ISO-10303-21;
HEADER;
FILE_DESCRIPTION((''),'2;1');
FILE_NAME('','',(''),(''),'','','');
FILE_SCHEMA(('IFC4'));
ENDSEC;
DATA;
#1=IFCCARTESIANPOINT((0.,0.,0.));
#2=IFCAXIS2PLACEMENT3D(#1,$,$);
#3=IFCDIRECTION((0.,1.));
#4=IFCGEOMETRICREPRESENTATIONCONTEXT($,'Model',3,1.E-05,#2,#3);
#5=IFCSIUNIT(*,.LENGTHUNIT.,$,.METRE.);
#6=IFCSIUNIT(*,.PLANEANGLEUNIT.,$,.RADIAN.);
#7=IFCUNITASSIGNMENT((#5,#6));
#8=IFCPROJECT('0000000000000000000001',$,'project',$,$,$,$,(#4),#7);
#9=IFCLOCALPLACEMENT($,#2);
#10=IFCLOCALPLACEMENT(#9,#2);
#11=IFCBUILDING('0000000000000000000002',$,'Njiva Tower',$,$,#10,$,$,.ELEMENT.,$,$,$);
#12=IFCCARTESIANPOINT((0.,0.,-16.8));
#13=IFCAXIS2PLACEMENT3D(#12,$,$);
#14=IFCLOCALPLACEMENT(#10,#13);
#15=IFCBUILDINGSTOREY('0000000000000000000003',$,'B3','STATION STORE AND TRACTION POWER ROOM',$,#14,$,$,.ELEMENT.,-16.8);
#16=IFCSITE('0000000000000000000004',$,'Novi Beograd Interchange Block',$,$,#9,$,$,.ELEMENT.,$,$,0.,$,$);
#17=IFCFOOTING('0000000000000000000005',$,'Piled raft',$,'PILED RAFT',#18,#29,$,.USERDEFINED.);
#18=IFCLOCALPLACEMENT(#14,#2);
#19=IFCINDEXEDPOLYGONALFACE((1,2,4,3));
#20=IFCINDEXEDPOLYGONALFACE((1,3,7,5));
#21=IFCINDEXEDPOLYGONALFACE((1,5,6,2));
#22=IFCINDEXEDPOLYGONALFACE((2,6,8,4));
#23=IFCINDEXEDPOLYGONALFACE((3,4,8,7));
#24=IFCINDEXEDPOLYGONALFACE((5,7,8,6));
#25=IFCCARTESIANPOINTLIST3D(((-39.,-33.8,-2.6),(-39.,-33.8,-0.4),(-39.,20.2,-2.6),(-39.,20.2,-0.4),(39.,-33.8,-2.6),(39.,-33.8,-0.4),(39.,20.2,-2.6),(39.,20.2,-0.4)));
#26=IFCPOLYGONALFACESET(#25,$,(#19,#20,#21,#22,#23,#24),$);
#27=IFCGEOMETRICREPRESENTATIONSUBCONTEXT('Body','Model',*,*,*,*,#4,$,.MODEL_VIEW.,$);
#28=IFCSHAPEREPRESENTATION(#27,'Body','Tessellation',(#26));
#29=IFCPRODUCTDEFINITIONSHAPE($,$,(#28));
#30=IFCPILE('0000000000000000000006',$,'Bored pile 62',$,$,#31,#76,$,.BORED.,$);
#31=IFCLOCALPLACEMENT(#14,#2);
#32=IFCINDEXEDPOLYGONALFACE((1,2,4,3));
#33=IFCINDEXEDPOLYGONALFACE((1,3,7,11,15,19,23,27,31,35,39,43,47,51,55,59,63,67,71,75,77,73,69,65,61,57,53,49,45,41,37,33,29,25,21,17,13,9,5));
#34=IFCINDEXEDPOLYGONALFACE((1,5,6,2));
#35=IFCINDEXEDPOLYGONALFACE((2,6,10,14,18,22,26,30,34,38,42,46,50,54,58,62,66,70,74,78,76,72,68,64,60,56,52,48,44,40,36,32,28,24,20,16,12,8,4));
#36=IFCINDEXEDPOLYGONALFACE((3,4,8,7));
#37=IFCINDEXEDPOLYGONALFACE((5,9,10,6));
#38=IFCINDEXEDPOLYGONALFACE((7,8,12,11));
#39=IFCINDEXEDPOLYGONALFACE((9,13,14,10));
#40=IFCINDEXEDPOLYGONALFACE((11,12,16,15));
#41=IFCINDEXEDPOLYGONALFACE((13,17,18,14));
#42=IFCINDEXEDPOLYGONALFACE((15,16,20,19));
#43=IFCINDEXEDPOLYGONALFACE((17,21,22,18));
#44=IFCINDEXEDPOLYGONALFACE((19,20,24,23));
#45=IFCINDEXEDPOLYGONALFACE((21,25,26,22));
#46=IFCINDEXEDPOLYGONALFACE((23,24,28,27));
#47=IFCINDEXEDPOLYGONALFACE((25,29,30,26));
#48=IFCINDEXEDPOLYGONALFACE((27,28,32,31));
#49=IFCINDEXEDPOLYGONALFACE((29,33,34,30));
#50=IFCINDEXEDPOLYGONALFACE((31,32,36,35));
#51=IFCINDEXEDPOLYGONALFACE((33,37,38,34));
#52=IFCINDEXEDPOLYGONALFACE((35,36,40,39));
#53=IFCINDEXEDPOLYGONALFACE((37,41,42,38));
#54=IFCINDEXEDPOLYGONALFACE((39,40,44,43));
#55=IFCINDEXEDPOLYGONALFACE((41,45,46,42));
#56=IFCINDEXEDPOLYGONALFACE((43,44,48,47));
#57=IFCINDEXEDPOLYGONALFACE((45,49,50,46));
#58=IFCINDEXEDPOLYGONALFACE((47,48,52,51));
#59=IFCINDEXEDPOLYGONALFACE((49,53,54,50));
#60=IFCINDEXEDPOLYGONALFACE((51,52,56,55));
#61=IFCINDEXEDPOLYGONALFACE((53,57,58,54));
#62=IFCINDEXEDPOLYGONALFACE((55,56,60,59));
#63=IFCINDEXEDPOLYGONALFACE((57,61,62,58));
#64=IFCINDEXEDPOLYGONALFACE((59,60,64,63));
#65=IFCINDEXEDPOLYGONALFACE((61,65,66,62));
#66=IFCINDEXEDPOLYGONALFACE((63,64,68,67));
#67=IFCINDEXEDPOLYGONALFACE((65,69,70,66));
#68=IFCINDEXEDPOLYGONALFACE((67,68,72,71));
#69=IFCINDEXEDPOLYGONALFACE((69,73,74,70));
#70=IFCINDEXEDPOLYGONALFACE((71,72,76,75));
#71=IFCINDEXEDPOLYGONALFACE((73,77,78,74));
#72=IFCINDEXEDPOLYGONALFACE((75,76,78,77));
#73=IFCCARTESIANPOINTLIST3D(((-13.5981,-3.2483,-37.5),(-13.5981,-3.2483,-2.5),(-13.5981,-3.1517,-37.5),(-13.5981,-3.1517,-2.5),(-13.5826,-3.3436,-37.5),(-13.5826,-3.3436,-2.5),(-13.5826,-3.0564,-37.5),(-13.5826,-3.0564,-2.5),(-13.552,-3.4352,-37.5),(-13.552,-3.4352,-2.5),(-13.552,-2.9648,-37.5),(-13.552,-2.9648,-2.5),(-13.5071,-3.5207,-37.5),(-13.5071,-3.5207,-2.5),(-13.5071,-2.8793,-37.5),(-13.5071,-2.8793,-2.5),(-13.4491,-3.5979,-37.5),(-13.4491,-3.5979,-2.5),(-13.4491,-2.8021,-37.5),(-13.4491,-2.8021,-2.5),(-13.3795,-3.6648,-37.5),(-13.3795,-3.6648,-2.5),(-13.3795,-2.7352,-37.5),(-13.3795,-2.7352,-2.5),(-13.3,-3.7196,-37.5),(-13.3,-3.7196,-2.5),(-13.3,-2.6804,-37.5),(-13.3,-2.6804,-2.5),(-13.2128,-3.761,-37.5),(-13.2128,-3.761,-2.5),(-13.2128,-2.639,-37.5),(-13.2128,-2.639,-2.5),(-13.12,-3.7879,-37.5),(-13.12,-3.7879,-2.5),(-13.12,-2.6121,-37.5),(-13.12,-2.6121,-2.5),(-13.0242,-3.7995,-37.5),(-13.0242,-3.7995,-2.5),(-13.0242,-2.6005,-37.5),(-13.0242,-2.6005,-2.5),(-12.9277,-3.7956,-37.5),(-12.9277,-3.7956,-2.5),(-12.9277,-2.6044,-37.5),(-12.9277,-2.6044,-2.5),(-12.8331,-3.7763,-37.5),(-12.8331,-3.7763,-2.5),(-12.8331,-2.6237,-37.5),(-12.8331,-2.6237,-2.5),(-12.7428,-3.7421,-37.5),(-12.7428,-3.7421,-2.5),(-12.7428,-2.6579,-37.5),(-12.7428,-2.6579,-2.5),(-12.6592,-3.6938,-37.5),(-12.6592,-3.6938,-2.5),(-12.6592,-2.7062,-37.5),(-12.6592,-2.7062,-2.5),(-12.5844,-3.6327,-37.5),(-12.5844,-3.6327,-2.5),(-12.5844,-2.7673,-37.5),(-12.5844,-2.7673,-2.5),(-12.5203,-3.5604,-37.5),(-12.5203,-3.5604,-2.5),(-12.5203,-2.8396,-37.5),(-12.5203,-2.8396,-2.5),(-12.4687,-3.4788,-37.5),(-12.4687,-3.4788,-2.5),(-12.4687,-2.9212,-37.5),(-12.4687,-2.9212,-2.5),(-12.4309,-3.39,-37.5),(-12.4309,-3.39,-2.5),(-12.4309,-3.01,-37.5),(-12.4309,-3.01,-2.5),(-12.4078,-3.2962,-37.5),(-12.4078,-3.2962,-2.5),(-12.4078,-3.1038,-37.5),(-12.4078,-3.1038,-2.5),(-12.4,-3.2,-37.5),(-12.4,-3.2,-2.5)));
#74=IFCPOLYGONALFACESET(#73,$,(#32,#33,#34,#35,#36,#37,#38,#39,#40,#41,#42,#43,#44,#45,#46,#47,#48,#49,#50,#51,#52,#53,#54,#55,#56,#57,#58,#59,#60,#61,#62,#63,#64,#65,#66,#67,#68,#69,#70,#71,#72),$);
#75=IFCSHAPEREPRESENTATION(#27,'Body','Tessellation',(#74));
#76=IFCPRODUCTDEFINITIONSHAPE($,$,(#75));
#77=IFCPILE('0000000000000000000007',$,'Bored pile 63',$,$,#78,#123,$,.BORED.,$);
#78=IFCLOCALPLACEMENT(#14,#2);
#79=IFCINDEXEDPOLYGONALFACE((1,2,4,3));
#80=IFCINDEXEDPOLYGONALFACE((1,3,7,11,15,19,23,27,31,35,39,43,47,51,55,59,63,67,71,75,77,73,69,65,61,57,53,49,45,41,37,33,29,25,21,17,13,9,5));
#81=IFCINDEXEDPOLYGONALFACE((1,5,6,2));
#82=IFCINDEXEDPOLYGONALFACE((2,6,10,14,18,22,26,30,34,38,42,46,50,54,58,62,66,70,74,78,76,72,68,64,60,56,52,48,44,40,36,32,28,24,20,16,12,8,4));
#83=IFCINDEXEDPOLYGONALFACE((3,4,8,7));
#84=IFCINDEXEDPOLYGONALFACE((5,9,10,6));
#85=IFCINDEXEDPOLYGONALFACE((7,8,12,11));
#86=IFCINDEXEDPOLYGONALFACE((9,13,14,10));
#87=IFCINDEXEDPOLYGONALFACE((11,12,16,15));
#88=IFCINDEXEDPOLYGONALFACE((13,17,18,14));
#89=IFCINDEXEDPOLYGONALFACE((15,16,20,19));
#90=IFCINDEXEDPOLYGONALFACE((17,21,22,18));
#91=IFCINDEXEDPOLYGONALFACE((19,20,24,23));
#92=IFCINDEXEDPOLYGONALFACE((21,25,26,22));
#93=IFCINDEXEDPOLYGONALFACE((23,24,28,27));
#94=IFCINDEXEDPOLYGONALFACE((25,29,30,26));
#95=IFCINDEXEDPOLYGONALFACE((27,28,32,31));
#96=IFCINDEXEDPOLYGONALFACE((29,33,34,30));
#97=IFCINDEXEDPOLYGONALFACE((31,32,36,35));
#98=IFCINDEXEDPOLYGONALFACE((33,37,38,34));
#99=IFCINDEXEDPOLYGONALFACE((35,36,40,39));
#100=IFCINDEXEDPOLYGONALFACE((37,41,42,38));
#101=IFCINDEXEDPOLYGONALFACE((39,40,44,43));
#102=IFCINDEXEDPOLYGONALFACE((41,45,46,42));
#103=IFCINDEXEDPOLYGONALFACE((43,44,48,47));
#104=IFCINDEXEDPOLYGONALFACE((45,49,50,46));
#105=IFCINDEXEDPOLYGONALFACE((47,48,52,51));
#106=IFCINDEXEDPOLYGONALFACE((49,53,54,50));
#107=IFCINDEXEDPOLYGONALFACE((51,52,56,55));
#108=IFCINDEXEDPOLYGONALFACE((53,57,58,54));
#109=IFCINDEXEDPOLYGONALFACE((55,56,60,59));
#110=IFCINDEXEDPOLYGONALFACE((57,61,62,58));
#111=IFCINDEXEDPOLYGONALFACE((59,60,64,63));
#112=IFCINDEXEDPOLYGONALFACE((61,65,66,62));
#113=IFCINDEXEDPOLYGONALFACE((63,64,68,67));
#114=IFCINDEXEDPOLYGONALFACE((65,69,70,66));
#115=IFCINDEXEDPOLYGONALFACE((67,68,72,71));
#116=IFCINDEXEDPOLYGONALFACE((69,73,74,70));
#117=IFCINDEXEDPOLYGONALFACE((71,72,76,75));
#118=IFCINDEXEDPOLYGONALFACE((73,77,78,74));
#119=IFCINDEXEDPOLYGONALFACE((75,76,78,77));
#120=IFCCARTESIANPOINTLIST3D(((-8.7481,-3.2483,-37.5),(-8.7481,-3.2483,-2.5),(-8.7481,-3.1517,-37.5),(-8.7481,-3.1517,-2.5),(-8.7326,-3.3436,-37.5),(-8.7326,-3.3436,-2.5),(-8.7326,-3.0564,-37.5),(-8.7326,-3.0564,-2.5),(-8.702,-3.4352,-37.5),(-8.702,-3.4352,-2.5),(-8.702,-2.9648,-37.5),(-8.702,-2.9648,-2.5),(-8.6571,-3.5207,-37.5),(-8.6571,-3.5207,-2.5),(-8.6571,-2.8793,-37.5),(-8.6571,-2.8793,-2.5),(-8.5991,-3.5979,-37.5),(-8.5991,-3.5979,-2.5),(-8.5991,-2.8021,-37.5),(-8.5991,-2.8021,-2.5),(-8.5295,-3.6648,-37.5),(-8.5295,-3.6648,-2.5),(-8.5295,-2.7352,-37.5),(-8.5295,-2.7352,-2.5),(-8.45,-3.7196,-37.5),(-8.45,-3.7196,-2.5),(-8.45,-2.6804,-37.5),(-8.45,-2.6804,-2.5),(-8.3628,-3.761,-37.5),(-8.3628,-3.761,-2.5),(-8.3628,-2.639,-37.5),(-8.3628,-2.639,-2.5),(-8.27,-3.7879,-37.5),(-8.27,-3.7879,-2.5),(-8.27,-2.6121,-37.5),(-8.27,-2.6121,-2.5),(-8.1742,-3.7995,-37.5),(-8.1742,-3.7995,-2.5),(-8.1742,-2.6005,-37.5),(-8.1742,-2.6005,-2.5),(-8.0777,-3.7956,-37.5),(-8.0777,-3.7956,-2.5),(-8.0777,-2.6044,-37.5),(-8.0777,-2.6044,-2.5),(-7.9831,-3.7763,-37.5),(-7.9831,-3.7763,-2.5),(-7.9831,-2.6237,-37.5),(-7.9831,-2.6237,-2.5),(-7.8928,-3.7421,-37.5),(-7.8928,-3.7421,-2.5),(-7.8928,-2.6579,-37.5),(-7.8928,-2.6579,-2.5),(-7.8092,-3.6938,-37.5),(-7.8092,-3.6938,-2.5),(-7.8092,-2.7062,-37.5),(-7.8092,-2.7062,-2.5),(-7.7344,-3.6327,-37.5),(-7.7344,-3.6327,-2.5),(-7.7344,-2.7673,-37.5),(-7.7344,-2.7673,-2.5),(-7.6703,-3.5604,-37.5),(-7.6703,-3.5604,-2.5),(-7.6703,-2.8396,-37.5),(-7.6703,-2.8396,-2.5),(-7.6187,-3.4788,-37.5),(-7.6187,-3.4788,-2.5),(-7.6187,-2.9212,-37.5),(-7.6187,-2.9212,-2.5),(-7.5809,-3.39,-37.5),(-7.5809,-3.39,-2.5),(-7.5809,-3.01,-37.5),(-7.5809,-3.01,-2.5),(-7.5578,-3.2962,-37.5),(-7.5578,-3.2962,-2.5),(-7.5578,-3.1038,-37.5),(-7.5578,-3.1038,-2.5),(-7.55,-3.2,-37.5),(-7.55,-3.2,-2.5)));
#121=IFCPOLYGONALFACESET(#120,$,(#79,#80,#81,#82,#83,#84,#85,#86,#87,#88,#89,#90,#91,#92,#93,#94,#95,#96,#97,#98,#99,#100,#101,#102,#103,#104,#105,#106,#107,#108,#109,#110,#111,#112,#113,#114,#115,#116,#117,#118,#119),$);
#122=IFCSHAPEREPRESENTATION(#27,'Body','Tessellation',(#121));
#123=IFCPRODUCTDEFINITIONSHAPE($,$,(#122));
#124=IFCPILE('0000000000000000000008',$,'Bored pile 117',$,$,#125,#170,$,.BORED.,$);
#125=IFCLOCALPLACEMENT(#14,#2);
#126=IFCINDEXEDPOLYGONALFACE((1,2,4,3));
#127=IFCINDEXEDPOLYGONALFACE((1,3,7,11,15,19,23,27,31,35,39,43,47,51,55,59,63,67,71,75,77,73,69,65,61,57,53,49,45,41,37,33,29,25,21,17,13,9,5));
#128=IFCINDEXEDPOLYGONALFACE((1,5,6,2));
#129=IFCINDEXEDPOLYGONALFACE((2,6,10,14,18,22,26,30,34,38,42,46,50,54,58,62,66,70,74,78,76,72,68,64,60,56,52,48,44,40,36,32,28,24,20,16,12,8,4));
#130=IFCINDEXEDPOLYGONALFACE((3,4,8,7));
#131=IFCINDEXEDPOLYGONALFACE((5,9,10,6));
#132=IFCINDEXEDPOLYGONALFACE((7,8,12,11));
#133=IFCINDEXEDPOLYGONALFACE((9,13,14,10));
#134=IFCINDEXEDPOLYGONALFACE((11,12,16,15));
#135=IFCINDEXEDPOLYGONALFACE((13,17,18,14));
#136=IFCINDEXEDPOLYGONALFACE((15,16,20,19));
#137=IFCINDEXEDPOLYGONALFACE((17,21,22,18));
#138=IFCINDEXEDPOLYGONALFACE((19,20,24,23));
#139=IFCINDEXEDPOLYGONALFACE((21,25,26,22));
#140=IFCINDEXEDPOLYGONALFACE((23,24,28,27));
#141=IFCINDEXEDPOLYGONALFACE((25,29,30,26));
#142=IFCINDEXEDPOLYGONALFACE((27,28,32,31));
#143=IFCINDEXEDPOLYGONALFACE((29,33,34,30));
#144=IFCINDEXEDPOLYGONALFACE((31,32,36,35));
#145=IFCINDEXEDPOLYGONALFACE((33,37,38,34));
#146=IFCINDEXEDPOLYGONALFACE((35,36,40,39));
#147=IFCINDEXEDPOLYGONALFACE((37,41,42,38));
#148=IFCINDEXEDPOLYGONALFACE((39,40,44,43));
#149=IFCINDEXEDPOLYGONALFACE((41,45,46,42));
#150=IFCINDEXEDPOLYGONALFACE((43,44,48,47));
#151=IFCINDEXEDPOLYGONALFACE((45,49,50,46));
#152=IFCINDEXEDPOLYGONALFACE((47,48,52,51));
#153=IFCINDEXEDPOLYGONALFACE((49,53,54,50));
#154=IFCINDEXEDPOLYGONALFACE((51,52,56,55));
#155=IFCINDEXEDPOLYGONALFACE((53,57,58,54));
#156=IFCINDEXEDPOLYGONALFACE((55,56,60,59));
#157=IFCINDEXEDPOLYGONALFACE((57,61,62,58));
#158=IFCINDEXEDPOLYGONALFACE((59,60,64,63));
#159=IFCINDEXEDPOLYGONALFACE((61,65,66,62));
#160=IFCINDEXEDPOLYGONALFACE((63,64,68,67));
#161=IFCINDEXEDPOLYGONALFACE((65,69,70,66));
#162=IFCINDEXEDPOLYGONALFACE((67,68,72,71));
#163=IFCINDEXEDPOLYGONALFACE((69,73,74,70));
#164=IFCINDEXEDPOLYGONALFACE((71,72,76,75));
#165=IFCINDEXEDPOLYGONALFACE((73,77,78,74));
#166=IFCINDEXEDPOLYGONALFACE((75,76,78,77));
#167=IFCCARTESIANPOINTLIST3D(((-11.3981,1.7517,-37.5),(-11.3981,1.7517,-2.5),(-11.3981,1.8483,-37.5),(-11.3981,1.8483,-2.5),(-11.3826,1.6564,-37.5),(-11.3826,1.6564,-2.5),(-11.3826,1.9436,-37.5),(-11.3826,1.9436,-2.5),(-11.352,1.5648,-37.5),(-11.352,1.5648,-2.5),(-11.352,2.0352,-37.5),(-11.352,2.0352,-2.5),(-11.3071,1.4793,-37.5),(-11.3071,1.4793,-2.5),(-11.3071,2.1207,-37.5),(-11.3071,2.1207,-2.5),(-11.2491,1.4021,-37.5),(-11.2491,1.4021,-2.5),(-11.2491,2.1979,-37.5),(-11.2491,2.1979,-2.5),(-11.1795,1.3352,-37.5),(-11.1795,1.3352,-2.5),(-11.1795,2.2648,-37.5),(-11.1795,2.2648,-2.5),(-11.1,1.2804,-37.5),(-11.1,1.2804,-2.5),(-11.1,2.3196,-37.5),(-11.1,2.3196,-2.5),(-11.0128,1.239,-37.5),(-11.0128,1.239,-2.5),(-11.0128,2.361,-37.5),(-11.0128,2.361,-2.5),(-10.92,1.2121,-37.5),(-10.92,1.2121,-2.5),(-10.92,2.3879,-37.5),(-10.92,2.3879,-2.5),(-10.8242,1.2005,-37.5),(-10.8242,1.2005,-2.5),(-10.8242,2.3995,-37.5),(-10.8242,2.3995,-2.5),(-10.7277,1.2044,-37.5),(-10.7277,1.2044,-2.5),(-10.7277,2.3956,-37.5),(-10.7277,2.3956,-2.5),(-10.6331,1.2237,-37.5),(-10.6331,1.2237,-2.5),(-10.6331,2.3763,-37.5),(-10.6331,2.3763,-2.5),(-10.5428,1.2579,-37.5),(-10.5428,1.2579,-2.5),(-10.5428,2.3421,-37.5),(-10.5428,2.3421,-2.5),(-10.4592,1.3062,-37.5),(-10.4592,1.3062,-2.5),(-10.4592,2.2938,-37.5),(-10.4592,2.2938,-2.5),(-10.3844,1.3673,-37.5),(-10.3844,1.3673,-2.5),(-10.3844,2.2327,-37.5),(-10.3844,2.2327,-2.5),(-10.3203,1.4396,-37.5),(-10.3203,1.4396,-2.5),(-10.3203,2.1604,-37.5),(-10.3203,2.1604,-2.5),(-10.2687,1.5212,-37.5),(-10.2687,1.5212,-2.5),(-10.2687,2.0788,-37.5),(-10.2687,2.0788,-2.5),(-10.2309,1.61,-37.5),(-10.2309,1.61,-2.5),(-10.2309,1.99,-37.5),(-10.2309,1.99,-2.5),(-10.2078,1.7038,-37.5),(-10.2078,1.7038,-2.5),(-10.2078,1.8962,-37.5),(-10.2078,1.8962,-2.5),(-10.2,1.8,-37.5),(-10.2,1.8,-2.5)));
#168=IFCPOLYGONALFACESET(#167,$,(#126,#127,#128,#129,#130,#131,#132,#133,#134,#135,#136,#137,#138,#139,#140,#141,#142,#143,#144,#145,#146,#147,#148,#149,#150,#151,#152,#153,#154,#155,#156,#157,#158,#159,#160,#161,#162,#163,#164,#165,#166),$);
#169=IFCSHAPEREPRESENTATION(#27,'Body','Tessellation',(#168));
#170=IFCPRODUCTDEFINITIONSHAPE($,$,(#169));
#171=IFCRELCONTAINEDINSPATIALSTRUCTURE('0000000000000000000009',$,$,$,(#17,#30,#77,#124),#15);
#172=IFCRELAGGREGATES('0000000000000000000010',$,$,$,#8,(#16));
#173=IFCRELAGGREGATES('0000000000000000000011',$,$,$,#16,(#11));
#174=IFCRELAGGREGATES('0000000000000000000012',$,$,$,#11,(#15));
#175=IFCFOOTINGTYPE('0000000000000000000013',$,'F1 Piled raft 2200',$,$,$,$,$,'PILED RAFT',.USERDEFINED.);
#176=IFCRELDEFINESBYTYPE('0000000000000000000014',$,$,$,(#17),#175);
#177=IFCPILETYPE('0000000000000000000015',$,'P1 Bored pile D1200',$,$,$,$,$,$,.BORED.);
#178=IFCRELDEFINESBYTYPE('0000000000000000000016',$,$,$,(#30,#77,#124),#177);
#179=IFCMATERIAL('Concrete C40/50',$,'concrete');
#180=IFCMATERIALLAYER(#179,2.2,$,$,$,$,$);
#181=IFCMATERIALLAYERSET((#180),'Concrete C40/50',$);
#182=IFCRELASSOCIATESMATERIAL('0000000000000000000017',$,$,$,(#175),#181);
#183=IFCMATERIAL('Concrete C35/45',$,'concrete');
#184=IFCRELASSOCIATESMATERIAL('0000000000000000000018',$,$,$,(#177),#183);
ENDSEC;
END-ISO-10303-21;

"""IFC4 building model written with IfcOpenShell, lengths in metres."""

from ifc_helpers import new_model, si_unit, direction, frame, origin, origin_2d, place, context, subcontext, project, spatial, polyline, circle, outline, extrude, material, layer, layer_set, material_profile, profile_set, type_object, element, save


model = new_model("IFC4")

# Units and contexts
model_context = context("Model", 3, precision=1e-05, world=origin(), true_north=direction((0.0, 1.0)))
body_context = subcontext(model_context, "Body", "Model", "MODEL_VIEW")
ifc_project = project(units=[si_unit("LENGTHUNIT", "METRE"), si_unit("PLANEANGLEUNIT", "RADIAN")], contexts=[model_context])

# Site, building, storey
site_placement = place(None, origin())
site = spatial("IfcSite", under=ifc_project, at=site_placement, Name="Novi Beograd Interchange Block", CompositionType="ELEMENT", RefElevation=0.0)
building_placement = place(site_placement, origin())
building = spatial("IfcBuilding", under=site, at=building_placement, Name="Njiva Tower", CompositionType="ELEMENT")
storey_placement = place(building_placement, frame((0.0, 0.0, -16.8)))
storey = spatial("IfcBuildingStorey", under=building, at=storey_placement, Name="B3", Description="STATION STORE AND TRACTION POWER ROOM", CompositionType="ELEMENT", Elevation=-16.8)

# Footing
ifc_material_1 = material(Name="Concrete C40/50", Category="concrete")
ifc_layer_1 = layer(ifc_material_1, 2.2)
ifc_layer_set_1 = layer_set([ifc_layer_1], Name="Concrete C40/50")
footing_type = type_object("IfcFootingType", Name="F1 Piled raft 2200", ElementType="PILED RAFT", PredefinedType="USERDEFINED", material=ifc_layer_set_1)
footing_placement = place(storey_placement, frame((0.0, 0.0, -2.6)))
element("IfcFooting", 1, at=footing_placement, inside=storey, type_object=footing_type, Name="Piled raft", ObjectType="PILED RAFT", PredefinedType="USERDEFINED", context=body_context, shape_type="SweptSolid", body=[
    extrude(outline(polyline([(39.0, -33.8), (39.0, 20.2), (-39.0, 20.2), (-39.0, -33.8), (39.0, -33.8)])), origin(), (0.0, 0.0, 1.0), 2.2),
])

# Piles
ifc_material_2 = material(Name="Concrete C35/45", Category="concrete")
ifc_material_profile_1 = material_profile(ifc_material_2, circle(Radius=0.6, at=origin_2d()), Name="D1200")
ifc_profile_set_1 = profile_set([ifc_material_profile_1], Name="Concrete C35/45")
pile_type = type_object("IfcPileType", Name="P1 Bored pile D1200", PredefinedType="BORED", material=ifc_profile_set_1)
for number, where, z_axis, x_axis, name in (
    (2, (-13.0, -3.2, -2.5), (0.0, 0.0, -1.0), (1.0, 0.0, 0.0), "Bored pile 62"),
    (3, (-8.15, -3.2, -2.5), (0.0, 0.0, -1.0), (1.0, 0.0, 0.0), "Bored pile 63"),
    (4, (-10.8, 1.8, -2.5), (0.0, 0.0, -1.0), (1.0, 0.0, 0.0), "Bored pile 117"),
):
    element("IfcPile", number, at=place(storey_placement, frame(where, z_axis=z_axis, x_axis=x_axis)), inside=storey, type_object=pile_type, Name=name, PredefinedType="BORED", context=body_context, shape_type="SweptSolid", body=[
        extrude(circle(Radius=0.6, at=origin_2d()), origin(), (0.0, 0.0, 1.0), 35.0),
    ])

save(model, "model.ifc")
